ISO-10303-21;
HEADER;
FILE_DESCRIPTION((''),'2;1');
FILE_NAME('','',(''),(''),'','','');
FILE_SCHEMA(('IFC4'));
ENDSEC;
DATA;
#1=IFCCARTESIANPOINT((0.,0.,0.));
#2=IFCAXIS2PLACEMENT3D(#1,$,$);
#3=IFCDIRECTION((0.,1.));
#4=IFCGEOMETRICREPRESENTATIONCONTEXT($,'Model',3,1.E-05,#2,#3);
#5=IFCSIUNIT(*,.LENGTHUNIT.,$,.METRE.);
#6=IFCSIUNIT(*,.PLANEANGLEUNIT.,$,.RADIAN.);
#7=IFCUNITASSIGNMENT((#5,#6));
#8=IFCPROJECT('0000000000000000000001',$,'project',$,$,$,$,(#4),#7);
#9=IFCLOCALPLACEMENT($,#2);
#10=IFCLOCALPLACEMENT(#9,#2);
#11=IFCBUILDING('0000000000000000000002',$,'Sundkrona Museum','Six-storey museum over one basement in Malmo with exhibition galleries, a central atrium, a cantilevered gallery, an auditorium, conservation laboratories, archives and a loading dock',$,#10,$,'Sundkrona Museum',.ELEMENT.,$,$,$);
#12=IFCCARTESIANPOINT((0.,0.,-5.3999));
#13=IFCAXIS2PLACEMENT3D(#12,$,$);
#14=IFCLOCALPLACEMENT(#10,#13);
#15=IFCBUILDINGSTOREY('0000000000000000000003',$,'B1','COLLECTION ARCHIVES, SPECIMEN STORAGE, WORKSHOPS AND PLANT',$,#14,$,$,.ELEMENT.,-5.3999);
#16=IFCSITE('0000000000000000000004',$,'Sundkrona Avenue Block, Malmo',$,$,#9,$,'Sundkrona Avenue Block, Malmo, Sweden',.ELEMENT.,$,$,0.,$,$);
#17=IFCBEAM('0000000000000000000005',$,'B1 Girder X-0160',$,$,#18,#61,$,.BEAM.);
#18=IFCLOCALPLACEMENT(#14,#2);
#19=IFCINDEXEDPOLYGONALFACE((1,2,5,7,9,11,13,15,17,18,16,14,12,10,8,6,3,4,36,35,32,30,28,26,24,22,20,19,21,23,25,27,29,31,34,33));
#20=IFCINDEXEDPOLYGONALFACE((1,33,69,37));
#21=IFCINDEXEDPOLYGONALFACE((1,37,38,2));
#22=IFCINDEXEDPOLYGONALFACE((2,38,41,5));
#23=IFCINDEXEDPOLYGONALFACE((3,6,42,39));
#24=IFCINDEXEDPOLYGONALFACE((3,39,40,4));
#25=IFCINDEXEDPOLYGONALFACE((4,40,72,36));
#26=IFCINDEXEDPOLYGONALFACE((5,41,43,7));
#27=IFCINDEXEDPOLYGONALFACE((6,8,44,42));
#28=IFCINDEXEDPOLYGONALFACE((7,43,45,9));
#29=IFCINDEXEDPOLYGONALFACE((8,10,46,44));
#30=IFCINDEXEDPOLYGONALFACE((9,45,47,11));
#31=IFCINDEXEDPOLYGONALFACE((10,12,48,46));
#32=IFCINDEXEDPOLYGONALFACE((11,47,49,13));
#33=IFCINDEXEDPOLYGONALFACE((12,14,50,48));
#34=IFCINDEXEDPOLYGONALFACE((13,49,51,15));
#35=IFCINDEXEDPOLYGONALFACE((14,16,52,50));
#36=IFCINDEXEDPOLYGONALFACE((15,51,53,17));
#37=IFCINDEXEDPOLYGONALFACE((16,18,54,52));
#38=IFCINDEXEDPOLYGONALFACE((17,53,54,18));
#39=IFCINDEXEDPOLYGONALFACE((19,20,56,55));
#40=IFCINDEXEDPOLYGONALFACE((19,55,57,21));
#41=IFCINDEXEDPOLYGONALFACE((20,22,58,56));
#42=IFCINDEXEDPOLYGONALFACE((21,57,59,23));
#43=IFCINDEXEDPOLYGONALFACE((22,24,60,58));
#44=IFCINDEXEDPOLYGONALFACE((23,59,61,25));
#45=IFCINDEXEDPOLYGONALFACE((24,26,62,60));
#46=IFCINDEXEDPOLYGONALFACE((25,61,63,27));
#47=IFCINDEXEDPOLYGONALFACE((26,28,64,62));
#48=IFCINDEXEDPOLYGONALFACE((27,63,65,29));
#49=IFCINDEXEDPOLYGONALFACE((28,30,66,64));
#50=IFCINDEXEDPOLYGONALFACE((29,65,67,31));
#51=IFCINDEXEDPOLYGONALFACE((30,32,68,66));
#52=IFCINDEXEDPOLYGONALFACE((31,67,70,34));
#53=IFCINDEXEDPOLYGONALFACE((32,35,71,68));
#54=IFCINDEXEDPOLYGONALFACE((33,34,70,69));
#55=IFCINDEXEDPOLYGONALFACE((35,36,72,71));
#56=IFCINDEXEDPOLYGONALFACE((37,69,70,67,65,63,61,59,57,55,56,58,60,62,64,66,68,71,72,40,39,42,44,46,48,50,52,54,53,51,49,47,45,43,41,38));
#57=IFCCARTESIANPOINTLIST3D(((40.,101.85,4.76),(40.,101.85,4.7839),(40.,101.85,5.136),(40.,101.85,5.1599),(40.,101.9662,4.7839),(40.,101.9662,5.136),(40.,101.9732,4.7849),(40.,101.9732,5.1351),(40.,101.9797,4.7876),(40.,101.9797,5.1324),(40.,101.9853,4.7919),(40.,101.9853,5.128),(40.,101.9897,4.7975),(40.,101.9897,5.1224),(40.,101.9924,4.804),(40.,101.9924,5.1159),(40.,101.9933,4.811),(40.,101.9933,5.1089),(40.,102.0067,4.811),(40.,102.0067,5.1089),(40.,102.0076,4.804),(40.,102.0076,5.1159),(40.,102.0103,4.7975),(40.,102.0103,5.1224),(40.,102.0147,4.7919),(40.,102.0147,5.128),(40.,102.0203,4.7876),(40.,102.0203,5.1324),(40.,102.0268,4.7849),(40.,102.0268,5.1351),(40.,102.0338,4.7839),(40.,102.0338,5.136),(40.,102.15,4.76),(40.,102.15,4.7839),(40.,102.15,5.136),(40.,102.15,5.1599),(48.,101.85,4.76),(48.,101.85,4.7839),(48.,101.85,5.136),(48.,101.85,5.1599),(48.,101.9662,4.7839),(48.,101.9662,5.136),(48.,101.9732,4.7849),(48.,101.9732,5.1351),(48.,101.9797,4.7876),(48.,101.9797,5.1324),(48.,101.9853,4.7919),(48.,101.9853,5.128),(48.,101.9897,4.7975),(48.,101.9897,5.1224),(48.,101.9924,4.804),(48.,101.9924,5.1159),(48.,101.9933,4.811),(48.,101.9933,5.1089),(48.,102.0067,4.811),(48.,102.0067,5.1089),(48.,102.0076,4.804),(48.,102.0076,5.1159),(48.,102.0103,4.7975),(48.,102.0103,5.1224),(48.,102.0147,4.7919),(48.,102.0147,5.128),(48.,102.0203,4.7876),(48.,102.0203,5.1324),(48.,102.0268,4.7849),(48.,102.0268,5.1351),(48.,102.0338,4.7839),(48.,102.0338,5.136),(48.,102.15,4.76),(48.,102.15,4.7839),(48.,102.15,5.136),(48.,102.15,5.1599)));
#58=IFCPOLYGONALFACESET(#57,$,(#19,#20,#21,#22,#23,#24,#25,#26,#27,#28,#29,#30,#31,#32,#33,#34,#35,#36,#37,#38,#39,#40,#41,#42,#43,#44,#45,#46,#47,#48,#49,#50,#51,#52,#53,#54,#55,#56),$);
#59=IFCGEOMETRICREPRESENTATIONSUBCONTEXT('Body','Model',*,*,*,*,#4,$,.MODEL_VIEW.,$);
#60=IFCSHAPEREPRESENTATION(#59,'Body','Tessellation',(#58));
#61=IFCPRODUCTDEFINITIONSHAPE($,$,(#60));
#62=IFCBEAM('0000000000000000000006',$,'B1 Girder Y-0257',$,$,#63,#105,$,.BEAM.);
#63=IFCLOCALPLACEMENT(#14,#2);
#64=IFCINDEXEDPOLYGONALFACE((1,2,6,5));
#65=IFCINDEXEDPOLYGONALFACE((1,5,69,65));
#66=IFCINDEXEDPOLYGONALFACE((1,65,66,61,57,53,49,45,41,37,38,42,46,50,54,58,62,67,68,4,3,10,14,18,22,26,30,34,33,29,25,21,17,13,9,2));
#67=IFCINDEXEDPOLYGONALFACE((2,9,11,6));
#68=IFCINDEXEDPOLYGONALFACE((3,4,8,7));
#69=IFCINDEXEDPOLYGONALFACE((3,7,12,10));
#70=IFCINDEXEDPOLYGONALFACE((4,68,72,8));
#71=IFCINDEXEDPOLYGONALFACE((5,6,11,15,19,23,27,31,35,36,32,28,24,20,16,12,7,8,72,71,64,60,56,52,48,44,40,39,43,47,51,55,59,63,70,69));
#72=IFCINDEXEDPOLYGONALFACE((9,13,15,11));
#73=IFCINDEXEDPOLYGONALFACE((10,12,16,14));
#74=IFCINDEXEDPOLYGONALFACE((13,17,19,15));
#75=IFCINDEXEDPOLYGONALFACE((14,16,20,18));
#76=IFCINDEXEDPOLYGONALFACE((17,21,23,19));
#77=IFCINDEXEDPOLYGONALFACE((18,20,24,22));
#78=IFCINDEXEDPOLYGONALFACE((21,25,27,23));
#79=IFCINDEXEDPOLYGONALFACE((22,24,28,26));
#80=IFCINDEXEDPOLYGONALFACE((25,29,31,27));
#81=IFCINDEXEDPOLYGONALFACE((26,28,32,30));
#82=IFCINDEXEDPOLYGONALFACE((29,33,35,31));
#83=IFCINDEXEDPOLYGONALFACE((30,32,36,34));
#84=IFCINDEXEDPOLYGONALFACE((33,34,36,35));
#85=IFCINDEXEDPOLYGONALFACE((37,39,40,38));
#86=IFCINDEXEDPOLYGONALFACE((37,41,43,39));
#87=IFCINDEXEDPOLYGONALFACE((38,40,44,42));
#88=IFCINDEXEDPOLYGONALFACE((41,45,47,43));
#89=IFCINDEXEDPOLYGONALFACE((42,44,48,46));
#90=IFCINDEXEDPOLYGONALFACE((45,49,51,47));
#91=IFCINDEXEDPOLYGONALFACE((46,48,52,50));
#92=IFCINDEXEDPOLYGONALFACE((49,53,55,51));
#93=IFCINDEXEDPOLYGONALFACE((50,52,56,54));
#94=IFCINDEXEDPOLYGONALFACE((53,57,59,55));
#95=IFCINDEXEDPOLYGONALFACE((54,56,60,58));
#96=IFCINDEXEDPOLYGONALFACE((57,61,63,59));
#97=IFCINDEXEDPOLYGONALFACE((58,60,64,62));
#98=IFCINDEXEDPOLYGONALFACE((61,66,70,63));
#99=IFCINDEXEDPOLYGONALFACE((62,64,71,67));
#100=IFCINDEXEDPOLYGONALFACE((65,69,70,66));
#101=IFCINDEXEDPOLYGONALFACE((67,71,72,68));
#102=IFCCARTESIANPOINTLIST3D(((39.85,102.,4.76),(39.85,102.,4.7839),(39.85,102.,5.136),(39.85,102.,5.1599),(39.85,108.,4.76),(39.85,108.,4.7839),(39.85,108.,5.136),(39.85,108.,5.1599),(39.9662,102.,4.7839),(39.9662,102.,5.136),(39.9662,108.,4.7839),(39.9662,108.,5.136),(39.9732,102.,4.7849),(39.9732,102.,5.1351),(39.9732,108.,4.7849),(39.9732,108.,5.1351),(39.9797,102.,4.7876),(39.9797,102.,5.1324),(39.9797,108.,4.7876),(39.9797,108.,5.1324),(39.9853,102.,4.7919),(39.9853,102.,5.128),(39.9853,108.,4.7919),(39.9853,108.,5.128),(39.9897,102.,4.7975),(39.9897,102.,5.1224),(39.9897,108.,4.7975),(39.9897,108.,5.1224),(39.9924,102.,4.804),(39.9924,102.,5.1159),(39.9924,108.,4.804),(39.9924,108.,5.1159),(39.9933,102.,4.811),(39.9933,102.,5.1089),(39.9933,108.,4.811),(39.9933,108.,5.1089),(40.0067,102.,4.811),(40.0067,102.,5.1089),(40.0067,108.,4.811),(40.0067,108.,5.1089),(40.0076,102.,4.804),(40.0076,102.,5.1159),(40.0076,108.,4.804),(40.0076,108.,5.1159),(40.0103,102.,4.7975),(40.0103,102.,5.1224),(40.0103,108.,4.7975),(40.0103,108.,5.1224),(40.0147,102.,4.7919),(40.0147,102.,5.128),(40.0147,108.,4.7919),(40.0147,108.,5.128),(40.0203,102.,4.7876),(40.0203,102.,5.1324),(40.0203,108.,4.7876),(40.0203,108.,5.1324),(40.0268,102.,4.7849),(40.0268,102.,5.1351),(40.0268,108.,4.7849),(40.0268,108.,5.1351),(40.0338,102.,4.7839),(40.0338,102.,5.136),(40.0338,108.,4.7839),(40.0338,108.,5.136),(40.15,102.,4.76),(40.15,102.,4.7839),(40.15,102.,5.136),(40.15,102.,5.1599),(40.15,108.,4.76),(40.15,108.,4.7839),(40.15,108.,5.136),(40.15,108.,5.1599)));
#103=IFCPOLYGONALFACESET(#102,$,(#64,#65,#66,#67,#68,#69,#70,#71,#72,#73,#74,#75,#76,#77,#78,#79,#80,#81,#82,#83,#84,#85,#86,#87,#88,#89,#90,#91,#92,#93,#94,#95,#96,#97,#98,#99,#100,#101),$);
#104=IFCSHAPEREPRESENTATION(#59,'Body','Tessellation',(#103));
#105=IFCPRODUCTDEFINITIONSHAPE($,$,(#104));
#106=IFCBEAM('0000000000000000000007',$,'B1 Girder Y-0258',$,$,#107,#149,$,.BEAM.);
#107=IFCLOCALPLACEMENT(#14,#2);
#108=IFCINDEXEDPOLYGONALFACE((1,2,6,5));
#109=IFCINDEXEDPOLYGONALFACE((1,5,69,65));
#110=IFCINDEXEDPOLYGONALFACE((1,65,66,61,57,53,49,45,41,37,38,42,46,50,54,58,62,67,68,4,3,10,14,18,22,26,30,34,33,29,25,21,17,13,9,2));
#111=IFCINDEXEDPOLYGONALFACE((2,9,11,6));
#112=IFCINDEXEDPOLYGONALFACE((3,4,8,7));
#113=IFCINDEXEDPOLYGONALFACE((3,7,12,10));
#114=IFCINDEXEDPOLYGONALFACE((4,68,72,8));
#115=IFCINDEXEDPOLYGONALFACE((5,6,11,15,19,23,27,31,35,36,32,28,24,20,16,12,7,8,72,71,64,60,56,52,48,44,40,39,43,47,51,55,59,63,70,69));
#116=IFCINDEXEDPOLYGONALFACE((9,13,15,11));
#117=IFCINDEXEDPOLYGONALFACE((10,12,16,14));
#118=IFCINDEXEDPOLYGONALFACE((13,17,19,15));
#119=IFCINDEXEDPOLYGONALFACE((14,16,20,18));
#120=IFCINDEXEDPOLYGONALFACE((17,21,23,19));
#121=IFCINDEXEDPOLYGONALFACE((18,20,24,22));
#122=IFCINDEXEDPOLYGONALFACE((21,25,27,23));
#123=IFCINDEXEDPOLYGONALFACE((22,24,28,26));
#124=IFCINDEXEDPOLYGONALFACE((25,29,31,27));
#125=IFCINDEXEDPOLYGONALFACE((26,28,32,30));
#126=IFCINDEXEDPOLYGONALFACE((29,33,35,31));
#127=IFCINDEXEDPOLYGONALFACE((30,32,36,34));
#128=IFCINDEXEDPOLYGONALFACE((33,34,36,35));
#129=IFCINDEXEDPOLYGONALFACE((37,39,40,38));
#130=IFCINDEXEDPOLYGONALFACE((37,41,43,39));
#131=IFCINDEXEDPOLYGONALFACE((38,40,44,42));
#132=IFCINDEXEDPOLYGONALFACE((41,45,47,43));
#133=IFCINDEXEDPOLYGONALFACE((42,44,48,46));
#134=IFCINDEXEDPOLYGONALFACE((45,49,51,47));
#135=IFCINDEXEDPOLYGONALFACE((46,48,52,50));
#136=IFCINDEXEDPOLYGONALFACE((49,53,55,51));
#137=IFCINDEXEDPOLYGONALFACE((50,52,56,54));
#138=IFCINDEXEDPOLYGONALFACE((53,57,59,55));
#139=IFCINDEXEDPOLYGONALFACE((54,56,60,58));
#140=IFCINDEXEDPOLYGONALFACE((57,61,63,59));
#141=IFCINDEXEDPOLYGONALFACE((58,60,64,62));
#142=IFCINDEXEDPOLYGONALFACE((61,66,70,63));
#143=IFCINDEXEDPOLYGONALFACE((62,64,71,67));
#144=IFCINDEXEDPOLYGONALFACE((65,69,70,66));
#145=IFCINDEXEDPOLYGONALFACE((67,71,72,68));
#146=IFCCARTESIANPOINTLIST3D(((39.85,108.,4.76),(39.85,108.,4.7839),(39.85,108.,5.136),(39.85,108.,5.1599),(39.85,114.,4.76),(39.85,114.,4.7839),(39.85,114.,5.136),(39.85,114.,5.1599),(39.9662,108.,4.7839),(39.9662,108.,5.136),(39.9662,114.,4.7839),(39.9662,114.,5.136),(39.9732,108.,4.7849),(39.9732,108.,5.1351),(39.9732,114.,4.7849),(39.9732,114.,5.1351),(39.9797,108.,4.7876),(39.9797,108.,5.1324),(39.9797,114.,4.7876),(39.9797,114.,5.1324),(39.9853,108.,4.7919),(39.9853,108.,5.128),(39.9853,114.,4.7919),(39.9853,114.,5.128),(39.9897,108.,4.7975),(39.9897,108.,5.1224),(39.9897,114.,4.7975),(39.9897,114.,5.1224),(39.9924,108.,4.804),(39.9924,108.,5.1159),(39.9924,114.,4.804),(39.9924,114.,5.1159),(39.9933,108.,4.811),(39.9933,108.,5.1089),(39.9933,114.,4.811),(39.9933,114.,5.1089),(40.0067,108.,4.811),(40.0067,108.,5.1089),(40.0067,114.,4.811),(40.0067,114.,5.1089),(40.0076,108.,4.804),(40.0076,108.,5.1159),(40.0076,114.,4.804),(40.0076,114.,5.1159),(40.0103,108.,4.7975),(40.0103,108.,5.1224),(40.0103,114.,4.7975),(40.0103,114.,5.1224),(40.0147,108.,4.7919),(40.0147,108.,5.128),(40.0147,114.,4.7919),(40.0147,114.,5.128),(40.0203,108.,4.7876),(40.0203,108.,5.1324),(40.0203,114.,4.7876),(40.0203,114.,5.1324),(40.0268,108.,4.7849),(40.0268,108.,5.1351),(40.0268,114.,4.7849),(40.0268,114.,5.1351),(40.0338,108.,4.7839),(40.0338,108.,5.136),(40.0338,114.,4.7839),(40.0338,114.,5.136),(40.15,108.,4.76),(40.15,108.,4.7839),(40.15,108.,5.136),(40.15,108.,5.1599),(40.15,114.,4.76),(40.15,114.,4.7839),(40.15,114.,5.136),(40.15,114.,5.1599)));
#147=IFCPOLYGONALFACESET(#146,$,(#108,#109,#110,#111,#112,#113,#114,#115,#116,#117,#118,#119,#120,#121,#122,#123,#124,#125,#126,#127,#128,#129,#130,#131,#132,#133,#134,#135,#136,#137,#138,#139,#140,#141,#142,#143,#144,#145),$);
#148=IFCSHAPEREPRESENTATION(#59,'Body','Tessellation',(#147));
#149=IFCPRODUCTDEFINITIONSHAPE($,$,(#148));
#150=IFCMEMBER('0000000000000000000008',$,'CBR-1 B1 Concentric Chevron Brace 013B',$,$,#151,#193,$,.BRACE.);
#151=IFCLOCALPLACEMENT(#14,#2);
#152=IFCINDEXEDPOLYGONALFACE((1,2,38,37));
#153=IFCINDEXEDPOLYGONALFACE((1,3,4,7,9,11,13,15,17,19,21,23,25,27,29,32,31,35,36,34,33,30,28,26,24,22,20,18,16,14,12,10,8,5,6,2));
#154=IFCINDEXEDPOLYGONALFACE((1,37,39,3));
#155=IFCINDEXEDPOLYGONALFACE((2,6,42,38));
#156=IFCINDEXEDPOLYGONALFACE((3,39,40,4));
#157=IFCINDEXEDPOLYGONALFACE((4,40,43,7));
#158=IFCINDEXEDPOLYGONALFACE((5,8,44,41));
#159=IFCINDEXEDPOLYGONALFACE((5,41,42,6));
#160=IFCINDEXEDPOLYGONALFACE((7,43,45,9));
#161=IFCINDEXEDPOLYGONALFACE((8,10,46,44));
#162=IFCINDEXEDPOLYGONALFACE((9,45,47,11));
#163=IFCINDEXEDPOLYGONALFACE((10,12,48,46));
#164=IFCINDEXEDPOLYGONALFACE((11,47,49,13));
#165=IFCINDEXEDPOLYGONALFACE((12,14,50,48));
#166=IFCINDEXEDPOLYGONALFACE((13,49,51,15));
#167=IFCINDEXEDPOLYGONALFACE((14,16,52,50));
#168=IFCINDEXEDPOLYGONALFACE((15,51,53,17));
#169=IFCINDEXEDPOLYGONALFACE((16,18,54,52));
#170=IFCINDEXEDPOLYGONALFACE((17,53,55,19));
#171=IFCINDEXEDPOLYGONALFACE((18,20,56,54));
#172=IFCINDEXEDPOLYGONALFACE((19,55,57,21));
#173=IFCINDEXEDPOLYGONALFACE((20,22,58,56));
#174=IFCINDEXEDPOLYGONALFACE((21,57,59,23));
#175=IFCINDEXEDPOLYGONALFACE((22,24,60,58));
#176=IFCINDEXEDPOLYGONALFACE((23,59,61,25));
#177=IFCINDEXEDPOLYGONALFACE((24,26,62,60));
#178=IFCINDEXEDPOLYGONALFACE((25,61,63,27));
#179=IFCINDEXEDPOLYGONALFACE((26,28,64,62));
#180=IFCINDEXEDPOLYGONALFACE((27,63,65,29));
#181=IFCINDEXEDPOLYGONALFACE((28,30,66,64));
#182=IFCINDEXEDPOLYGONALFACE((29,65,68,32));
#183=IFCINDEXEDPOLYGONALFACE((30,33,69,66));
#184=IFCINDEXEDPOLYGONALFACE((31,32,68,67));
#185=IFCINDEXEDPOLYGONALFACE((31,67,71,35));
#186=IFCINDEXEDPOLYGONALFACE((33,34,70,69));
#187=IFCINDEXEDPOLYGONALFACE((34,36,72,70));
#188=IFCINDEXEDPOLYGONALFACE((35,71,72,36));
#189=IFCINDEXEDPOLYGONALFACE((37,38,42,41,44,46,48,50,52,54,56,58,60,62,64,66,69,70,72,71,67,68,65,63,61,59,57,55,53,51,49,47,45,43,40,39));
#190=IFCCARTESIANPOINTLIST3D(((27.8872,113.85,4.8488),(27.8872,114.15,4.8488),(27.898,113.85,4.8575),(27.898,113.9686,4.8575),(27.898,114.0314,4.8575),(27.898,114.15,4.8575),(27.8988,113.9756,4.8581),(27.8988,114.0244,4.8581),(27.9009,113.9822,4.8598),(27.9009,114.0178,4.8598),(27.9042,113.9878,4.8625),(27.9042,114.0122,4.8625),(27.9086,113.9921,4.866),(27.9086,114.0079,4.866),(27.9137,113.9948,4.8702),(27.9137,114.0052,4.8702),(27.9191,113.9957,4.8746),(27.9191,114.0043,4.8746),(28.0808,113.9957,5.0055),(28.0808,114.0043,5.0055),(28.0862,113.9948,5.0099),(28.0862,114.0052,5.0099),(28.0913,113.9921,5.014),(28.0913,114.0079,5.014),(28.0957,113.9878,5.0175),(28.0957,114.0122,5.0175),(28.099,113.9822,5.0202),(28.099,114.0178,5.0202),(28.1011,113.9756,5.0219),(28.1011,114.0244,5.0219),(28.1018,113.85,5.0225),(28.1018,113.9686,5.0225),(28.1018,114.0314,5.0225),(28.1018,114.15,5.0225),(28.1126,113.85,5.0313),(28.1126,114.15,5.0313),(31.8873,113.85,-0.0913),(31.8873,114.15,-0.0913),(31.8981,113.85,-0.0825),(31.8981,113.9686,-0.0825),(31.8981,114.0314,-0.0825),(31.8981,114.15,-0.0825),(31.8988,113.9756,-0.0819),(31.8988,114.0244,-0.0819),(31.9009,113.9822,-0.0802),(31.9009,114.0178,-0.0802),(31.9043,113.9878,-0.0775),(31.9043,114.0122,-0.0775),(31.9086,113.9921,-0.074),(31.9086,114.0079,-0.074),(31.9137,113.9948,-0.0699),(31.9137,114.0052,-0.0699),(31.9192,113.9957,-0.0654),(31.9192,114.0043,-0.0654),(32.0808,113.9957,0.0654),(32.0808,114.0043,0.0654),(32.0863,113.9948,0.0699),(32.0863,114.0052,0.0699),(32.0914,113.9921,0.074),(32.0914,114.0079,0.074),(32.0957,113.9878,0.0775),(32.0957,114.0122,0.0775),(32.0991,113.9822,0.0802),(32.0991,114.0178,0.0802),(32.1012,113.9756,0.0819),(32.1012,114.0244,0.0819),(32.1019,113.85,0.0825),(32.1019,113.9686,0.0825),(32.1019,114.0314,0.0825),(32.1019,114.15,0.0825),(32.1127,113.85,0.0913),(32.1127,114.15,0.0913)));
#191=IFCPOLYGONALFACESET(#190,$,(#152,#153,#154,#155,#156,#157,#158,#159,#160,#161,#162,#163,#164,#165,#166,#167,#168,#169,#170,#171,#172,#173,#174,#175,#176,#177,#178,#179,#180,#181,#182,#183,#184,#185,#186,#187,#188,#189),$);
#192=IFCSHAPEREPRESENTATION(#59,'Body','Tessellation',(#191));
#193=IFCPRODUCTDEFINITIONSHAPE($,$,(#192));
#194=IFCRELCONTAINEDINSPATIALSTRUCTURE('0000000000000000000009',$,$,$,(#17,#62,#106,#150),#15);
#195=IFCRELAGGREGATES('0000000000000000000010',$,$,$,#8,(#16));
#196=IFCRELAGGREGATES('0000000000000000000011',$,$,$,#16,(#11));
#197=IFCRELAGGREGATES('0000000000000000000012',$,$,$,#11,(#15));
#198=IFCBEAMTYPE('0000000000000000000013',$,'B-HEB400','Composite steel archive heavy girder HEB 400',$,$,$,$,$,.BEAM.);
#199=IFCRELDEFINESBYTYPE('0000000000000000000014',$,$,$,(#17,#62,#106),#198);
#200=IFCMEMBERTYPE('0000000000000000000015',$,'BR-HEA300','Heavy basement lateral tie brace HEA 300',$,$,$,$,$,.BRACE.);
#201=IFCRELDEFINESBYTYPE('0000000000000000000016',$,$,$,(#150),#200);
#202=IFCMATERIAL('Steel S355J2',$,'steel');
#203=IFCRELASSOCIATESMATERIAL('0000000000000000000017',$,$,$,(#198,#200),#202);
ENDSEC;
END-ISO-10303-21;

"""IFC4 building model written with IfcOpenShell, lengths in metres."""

from ifc_helpers import new_model, si_unit, direction, frame, origin, origin_2d, place, context, subcontext, project, spatial, i_section, extrude, material, material_profile, profile_set, type_object, element, save


model = new_model("IFC4")

# Units and contexts
model_context = context("Model", 3, precision=1e-05, world=origin(), true_north=direction((0.0, 1.0)))
body_context = subcontext(model_context, "Body", "Model", "MODEL_VIEW")
ifc_project = project(units=[si_unit("LENGTHUNIT", "METRE"), si_unit("PLANEANGLEUNIT", "RADIAN")], contexts=[model_context])

# Site, building, storey
site_placement = place(None, origin())
site = spatial("IfcSite", under=ifc_project, at=site_placement, Name="Sundkrona Avenue Block, Malmo", LongName="Sundkrona Avenue Block, Malmo, Sweden", CompositionType="ELEMENT", RefElevation=0.0)
building_placement = place(site_placement, origin())
building = spatial("IfcBuilding", under=site, at=building_placement, Name="Sundkrona Museum", Description="Six-storey museum over one basement in Malmo with exhibition galleries, a central atrium, a cantilevered gallery, an auditorium, conservation laboratories, archives and a loading dock", LongName="Sundkrona Museum", CompositionType="ELEMENT")
storey_placement = place(building_placement, frame((0.0, 0.0, -5.3999)))
storey = spatial("IfcBuildingStorey", under=building, at=storey_placement, Name="B1", Description="COLLECTION ARCHIVES, SPECIMEN STORAGE, WORKSHOPS AND PLANT", CompositionType="ELEMENT", Elevation=-5.3999)

# Beams
ifc_material_1 = material(Name="Steel S355J2", Category="steel")
ifc_material_profile_1 = material_profile(ifc_material_1, i_section(OverallWidth=0.3, OverallDepth=0.3999, WebThickness=0.0134, FlangeThickness=0.0239, FilletRadius=0.0271, at=origin_2d()), Name="HEB 400")
ifc_profile_set_1 = profile_set([ifc_material_profile_1], Name="Steel S355J2")
beam_type_1 = type_object("IfcBeamType", Name="B-HEB400", Description="Composite steel archive heavy girder HEB 400", PredefinedType="BEAM", material=ifc_profile_set_1)
beam_1_placement = place(storey_placement, frame((40.0, 102.0, 4.96), z_axis=(1.0, 0.0, 0.0), x_axis=(0.0, 1.0, 0.0)))
element("IfcBeam", 1, at=beam_1_placement, inside=storey, type_object=beam_type_1, Name="B1 Girder X-0160", PredefinedType="BEAM", context=body_context, shape_type="SweptSolid", body=[
    extrude(i_section(OverallWidth=0.3, OverallDepth=0.3999, WebThickness=0.0134, FlangeThickness=0.0239, FilletRadius=0.0271, at=origin_2d()), origin(), (0.0, 0.0, 1.0), 8.0),
])
for number, where, z_axis, x_axis, name in (
    (2, (40.0, 102.0, 4.96), (0.0, 1.0, 0.0), (-1.0, 0.0, 0.0), "B1 Girder Y-0257"),
    (3, (40.0, 108.0, 4.96), (0.0, 1.0, 0.0), (-1.0, 0.0, 0.0), "B1 Girder Y-0258"),
):
    element("IfcBeam", number, at=place(storey_placement, frame(where, z_axis=z_axis, x_axis=x_axis)), inside=storey, type_object=beam_type_1, Name=name, PredefinedType="BEAM", context=body_context, shape_type="SweptSolid", body=[
        extrude(i_section(OverallWidth=0.3, OverallDepth=0.3999, WebThickness=0.0134, FlangeThickness=0.0239, FilletRadius=0.0271, at=origin_2d()), origin(), (0.0, 0.0, 1.0), 6.0),
    ])

# Member
ifc_material_profile_2 = material_profile(ifc_material_1, i_section(OverallWidth=0.3, OverallDepth=0.29, WebThickness=0.0085, FlangeThickness=0.0139, FilletRadius=0.0271, at=origin_2d()), Name="HEA 300")
ifc_profile_set_2 = profile_set([ifc_material_profile_2], Name="Steel S355J2")
member_type = type_object("IfcMemberType", Name="BR-HEA300", Description="Heavy basement lateral tie brace HEA 300", PredefinedType="BRACE", material=ifc_profile_set_2)
member_placement = place(storey_placement, frame((32.0, 114.0, 0.0), z_axis=(-0.629293, 0.0, 0.777168), x_axis=(0.0, -1.0, 0.0)))
element("IfcMember", 4, at=member_placement, inside=storey, type_object=member_type, Name="CBR-1 B1 Concentric Chevron Brace 013B", PredefinedType="BRACE", context=body_context, shape_type="SweptSolid", body=[
    extrude(i_section(OverallWidth=0.3, OverallDepth=0.29, WebThickness=0.0085, FlangeThickness=0.0139, FilletRadius=0.0271, at=origin_2d()), origin(), (0.0, 0.0, 1.0), 6.3564),
])

save(model, "model.ifc")
